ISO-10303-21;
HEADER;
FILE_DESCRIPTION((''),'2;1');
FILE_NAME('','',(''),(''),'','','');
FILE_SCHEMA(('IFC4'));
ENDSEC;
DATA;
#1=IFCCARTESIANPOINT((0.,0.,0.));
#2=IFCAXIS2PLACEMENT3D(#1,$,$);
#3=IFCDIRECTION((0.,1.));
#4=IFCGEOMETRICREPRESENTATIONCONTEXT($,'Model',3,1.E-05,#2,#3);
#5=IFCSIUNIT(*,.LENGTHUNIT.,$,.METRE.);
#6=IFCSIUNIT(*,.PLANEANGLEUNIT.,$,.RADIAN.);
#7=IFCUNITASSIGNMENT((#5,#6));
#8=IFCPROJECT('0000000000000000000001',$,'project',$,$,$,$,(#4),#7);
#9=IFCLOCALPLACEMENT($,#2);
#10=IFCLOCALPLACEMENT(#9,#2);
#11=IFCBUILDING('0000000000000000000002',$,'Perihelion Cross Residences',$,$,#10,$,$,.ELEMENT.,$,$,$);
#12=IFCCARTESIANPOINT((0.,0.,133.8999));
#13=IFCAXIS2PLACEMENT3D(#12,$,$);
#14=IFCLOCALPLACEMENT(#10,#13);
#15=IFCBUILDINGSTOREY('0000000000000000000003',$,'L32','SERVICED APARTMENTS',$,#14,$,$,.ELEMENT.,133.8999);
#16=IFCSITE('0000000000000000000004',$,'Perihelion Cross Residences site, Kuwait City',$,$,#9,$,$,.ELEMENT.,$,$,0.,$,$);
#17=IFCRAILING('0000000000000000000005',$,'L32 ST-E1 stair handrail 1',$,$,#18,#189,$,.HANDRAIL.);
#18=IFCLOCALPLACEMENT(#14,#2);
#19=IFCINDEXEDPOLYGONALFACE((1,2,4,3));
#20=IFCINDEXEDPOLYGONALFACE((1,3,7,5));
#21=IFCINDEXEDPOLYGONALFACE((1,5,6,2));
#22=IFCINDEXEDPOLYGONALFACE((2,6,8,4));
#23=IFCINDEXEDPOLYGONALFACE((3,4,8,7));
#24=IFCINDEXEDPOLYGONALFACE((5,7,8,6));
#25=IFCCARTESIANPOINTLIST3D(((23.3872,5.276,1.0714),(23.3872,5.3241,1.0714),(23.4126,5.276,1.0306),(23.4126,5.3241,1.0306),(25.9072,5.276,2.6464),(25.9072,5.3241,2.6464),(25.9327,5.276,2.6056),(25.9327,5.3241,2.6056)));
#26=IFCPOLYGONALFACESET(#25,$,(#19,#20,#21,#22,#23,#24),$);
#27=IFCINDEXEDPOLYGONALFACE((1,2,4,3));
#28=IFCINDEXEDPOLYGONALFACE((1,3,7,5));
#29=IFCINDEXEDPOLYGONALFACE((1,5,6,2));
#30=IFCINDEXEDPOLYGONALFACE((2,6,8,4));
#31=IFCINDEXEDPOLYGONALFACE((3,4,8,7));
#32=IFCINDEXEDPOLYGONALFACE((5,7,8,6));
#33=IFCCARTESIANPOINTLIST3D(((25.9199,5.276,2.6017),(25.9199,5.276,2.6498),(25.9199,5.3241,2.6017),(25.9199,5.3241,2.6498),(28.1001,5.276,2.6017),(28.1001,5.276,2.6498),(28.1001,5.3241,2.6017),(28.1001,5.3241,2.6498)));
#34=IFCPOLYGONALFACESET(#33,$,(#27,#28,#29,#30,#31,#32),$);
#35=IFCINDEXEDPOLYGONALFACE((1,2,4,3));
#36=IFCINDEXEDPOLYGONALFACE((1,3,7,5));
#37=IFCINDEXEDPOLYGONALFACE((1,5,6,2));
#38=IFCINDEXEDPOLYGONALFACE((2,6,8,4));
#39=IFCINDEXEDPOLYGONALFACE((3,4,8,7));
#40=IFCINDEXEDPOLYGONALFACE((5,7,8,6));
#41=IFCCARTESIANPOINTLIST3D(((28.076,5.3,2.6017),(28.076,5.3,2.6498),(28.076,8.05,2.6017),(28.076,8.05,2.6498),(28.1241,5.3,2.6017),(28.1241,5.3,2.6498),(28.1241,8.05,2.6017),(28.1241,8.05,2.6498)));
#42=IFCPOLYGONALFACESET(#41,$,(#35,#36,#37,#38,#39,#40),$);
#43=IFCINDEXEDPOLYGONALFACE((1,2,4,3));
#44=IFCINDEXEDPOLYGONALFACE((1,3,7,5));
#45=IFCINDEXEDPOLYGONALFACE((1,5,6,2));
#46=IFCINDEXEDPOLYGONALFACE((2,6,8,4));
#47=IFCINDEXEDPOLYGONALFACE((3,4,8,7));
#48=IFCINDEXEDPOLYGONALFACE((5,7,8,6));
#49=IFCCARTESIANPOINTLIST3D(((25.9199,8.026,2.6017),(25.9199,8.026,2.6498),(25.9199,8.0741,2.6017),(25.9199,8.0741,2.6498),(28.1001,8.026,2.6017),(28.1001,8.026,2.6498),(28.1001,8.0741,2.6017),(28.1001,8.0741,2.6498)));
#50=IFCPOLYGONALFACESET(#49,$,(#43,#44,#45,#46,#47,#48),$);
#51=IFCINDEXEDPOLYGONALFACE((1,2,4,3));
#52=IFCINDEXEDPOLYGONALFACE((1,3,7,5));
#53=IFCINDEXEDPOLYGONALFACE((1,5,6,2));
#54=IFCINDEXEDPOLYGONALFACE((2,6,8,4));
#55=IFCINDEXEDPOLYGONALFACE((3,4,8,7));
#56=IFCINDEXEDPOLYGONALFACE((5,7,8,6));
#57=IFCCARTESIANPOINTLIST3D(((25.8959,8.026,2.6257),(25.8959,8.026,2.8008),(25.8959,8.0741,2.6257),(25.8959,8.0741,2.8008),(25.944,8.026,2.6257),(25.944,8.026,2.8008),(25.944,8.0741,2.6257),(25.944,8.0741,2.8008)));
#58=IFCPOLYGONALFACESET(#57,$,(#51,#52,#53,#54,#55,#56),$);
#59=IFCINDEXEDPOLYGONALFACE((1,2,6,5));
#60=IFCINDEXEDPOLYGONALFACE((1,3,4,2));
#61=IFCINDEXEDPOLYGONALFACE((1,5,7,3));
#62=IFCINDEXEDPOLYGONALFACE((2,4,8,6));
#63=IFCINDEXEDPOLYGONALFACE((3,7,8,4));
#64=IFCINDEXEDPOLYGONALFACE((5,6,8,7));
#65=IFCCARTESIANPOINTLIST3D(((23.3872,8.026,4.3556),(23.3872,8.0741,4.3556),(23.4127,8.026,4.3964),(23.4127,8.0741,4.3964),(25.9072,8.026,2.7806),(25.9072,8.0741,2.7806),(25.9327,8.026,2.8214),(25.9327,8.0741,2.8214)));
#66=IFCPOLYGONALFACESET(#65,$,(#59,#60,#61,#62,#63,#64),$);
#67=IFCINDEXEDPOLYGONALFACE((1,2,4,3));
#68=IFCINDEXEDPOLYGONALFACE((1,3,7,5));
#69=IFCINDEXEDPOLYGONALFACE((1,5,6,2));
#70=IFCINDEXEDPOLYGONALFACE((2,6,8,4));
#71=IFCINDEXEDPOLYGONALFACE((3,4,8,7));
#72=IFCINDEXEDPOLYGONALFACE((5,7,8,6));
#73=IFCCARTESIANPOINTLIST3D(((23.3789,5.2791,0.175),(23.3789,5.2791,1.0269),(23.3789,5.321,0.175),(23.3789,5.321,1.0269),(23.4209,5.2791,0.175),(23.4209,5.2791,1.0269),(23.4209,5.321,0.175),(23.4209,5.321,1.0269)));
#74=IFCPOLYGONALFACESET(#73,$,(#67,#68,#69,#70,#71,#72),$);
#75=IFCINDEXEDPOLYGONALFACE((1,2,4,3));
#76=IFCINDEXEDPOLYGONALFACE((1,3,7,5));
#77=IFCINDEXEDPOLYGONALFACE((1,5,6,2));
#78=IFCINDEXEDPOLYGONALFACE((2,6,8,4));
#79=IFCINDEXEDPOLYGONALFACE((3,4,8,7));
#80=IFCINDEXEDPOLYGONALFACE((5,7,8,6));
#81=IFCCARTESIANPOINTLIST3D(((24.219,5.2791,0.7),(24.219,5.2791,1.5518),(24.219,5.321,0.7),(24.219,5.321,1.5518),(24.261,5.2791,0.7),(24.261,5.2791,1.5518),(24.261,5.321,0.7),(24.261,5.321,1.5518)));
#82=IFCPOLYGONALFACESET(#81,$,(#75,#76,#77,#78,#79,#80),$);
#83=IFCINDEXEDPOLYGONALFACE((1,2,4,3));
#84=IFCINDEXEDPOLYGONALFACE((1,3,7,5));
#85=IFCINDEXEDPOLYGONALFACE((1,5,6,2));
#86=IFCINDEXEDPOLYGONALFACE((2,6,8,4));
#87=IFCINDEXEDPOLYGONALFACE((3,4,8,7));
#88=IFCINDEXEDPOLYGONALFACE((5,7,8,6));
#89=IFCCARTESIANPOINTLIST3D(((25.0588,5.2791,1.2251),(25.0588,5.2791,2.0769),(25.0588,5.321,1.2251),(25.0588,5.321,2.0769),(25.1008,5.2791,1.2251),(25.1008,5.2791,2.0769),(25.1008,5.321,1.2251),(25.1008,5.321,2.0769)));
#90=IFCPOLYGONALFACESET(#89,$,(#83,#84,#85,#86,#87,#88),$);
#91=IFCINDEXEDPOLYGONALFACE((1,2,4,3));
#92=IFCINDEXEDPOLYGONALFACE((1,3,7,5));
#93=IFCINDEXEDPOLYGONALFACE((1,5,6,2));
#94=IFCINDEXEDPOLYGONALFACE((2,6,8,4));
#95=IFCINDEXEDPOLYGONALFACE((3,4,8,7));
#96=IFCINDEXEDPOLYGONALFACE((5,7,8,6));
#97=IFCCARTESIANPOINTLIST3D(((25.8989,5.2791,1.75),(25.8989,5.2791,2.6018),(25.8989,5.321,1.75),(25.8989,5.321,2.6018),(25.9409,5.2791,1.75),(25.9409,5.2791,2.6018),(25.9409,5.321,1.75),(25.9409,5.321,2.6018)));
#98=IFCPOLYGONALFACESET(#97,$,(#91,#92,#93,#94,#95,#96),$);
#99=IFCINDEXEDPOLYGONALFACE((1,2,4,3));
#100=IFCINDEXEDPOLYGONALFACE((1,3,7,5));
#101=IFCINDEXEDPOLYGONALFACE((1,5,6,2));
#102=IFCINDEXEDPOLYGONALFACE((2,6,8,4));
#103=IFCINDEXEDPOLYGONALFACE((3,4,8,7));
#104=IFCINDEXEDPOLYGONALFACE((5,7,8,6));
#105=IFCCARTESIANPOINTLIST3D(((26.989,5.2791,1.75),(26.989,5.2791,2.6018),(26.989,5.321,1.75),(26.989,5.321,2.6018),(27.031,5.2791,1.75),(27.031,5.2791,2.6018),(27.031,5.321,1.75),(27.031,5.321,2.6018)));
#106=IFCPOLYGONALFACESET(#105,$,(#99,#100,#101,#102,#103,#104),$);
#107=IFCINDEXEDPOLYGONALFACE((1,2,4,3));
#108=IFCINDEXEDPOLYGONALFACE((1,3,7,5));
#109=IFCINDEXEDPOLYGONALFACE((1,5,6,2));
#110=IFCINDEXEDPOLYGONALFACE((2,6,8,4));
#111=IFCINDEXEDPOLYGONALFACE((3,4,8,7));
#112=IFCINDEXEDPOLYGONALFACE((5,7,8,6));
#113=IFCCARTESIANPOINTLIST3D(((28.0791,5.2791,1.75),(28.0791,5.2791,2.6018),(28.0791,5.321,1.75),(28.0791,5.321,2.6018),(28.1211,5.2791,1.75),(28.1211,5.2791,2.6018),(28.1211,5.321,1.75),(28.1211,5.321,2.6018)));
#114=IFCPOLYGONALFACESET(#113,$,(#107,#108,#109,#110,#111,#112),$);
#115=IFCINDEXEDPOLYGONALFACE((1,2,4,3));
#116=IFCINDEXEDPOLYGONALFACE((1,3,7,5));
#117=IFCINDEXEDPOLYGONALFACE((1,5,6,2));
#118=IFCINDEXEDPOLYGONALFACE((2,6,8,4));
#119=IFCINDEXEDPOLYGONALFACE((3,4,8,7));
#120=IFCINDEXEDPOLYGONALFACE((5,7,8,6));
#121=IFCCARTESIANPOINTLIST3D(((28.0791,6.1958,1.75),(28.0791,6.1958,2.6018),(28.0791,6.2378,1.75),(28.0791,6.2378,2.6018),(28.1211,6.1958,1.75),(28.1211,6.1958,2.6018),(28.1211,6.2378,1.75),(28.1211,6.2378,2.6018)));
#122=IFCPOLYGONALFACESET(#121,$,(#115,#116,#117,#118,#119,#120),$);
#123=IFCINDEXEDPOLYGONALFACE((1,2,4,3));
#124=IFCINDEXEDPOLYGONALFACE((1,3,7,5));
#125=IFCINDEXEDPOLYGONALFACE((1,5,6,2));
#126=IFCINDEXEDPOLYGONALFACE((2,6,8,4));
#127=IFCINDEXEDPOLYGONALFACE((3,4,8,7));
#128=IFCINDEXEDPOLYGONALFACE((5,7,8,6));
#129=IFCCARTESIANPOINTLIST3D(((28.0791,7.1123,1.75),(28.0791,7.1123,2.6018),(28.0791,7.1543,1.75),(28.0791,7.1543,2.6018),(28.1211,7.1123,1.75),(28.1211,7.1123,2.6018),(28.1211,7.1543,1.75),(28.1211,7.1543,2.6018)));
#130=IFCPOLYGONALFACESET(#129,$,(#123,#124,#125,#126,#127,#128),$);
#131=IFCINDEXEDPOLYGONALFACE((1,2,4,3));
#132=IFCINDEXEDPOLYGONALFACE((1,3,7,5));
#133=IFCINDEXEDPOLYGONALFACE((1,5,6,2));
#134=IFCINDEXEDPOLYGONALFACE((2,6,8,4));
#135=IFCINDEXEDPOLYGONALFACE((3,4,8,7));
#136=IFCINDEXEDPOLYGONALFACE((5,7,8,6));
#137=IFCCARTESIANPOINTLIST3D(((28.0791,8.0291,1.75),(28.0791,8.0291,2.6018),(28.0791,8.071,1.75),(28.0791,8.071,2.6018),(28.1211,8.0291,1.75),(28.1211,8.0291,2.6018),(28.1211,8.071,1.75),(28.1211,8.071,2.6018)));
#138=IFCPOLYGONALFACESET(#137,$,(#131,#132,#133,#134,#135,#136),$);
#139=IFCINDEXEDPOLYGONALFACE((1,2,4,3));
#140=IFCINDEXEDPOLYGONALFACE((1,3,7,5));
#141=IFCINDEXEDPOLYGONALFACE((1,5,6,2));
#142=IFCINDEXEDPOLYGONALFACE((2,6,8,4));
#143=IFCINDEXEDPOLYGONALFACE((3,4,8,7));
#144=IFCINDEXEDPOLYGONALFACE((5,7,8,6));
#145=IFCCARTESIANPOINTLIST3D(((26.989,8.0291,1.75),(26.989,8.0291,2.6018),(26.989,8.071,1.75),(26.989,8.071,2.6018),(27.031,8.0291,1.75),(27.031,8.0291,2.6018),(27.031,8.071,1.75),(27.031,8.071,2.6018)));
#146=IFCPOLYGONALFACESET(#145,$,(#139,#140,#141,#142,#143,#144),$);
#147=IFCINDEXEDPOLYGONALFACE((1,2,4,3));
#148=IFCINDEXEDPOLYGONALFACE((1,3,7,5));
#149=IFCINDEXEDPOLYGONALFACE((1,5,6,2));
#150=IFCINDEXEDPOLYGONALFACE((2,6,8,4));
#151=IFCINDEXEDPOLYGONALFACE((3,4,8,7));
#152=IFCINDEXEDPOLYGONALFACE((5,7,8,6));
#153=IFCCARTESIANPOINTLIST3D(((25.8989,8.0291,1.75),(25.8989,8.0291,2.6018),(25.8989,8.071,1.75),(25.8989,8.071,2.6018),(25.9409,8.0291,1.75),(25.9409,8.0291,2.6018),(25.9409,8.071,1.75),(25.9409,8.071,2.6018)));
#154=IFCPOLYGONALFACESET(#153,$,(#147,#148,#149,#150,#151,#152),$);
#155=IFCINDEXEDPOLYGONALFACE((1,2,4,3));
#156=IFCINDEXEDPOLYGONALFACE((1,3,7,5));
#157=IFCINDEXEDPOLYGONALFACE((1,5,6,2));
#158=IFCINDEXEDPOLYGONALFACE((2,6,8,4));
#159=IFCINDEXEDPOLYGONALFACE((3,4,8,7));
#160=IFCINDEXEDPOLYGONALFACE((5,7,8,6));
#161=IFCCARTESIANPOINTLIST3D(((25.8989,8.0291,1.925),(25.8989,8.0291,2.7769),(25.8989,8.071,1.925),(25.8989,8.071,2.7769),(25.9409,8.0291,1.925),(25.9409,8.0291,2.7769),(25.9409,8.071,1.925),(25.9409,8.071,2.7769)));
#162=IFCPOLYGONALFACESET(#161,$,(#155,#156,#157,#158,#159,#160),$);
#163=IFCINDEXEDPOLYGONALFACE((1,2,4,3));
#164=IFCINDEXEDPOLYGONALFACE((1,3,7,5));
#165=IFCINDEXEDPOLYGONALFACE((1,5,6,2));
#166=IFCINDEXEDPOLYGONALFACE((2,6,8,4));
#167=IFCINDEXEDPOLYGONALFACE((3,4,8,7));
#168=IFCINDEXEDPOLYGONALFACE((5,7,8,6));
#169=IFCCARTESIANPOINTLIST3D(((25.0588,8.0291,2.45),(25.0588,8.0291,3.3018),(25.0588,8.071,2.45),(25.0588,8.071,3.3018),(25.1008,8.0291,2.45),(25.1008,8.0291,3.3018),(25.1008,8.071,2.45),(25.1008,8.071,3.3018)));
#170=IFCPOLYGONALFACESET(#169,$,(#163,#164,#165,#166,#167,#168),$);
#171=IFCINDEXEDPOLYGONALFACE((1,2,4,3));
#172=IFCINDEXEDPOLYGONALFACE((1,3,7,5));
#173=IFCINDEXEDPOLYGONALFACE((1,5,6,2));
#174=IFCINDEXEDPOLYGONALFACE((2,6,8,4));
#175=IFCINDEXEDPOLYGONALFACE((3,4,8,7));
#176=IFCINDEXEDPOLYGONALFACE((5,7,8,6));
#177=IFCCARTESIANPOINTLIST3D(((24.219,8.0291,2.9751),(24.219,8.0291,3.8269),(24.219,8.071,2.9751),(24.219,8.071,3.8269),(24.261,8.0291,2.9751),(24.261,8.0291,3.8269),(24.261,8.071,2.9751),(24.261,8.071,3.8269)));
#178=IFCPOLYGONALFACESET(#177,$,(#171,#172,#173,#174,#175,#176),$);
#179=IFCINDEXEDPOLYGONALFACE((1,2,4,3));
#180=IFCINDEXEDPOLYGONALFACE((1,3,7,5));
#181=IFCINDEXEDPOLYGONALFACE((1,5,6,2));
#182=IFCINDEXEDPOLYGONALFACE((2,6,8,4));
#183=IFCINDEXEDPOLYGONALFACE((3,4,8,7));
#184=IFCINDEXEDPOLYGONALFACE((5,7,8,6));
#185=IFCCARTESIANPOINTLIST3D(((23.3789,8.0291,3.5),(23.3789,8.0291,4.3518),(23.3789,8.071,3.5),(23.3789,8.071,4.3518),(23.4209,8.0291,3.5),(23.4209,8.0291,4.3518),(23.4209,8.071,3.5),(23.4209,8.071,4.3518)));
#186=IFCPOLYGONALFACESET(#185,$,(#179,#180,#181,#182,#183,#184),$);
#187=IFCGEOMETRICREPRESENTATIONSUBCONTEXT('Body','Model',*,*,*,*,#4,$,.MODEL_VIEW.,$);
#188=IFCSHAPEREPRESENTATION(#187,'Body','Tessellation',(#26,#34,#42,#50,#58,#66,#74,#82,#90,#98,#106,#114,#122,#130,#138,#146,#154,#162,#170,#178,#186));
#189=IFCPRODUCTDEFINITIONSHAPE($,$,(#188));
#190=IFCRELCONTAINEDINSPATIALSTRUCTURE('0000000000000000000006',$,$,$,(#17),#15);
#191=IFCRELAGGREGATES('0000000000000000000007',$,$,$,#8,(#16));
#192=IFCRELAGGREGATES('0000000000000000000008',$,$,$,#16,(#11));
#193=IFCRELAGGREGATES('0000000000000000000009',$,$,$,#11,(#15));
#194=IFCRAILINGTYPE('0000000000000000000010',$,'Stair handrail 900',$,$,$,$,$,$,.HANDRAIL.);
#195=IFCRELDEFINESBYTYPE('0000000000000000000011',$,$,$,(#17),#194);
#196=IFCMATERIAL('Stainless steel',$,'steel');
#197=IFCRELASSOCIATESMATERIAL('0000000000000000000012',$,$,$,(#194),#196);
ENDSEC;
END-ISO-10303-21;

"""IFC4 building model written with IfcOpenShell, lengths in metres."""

from ifc_helpers import new_model, si_unit, direction, frame, origin, origin_2d, place, context, subcontext, project, spatial, rectangle, extrude, material, type_object, element, save


model = new_model("IFC4")

# Units and contexts
model_context = context("Model", 3, precision=1e-05, world=origin(), true_north=direction((0.0, 1.0)))
body_context = subcontext(model_context, "Body", "Model", "MODEL_VIEW")
ifc_project = project(units=[si_unit("LENGTHUNIT", "METRE"), si_unit("PLANEANGLEUNIT", "RADIAN")], contexts=[model_context])

# Site, building, storey
site_placement = place(None, origin())
site = spatial("IfcSite", under=ifc_project, at=site_placement, Name="Perihelion Cross Residences site, Kuwait City", CompositionType="ELEMENT", RefElevation=0.0)
building_placement = place(site_placement, origin())
building = spatial("IfcBuilding", under=site, at=building_placement, Name="Perihelion Cross Residences", CompositionType="ELEMENT")
storey_placement = place(building_placement, frame((0.0, 0.0, 133.8999)))
storey = spatial("IfcBuildingStorey", under=building, at=storey_placement, Name="L32", Description="SERVICED APARTMENTS", CompositionType="ELEMENT", Elevation=133.8999)

# Railing
ifc_material_1 = material(Name="Stainless steel", Category="steel")
railing_type_1 = type_object("IfcRailingType", Name="Stair handrail 900", PredefinedType="HANDRAIL", material=ifc_material_1)
railing_1_placement = place(storey_placement, frame((23.3999, 5.3, 0.175)))
element("IfcRailing", 1, at=railing_1_placement, inside=storey, type_object=railing_type_1, Name="L32 ST-E1 stair handrail 1", PredefinedType="HANDRAIL", context=body_context, shape_type="SweptSolid", body=[
    extrude(rectangle(XDim=0.0481, YDim=0.0481, at=origin_2d()), frame((0.0, 0.0, 0.876), z_axis=(0.848008, 0.0, 0.529984), x_axis=(0.0, 1.0, 0.0)), (0.0, 0.0, 1.0), 2.9717),
    extrude(rectangle(XDim=0.0481, YDim=0.0481, at=origin_2d()), frame((2.52, 0.0, 2.4507), z_axis=(1.0, 0.0, 0.0), x_axis=(0.0, 1.0, 0.0)), (0.0, 0.0, 1.0), 2.1802),
    extrude(rectangle(XDim=0.0481, YDim=0.0481, at=origin_2d()), frame((4.7002, 0.0, 2.4507), z_axis=(0.0, 1.0, 0.0), x_axis=(-1.0, 0.0, 0.0)), (0.0, 0.0, 1.0), 2.75),
    extrude(rectangle(XDim=0.0481, YDim=0.0481, at=origin_2d()), frame((4.7002, 2.75, 2.4507), z_axis=(-1.0, 0.0, 0.0), x_axis=(0.0, -1.0, 0.0)), (0.0, 0.0, 1.0), 2.1802),
    extrude(rectangle(XDim=0.0481, YDim=0.0481, at=origin_2d()), frame((2.52, 2.75, 2.4507), z_axis=(0.0, 0.0, 1.0), x_axis=(1.0, 0.0, 0.0)), (0.0, 0.0, 1.0), 0.175),
    extrude(rectangle(XDim=0.0481, YDim=0.0481, at=origin_2d()), frame((2.52, 2.75, 2.626), z_axis=(-0.848008, 0.0, 0.529984), x_axis=(0.0, -1.0, 0.0)), (0.0, 0.0, 1.0), 2.9717),
    extrude(rectangle(XDim=0.042, YDim=0.042, at=origin_2d()), origin(), (0.0, 0.0, 1.0), 0.8518),
    extrude(rectangle(XDim=0.042, YDim=0.042, at=origin_2d()), frame((0.8401, 0.0, 0.5249)), (0.0, 0.0, 1.0), 0.8518),
    extrude(rectangle(XDim=0.042, YDim=0.042, at=origin_2d()), frame((1.6799, 0.0, 1.05)), (0.0, 0.0, 1.0), 0.8518),
    extrude(rectangle(XDim=0.042, YDim=0.042, at=origin_2d()), frame((2.52, 0.0, 1.575)), (0.0, 0.0, 1.0), 0.8518),
    extrude(rectangle(XDim=0.042, YDim=0.042, at=origin_2d()), frame((3.6101, 0.0, 1.575)), (0.0, 0.0, 1.0), 0.8518),
    extrude(rectangle(XDim=0.042, YDim=0.042, at=origin_2d()), frame((4.7002, 0.0, 1.575)), (0.0, 0.0, 1.0), 0.8518),
    extrude(rectangle(XDim=0.042, YDim=0.042, at=origin_2d()), frame((4.7002, 0.9167, 1.575)), (0.0, 0.0, 1.0), 0.8518),
    extrude(rectangle(XDim=0.042, YDim=0.042, at=origin_2d()), frame((4.7002, 1.8333, 1.575)), (0.0, 0.0, 1.0), 0.8518),
    extrude(rectangle(XDim=0.042, YDim=0.042, at=origin_2d()), frame((4.7002, 2.75, 1.575)), (0.0, 0.0, 1.0), 0.8518),
    extrude(rectangle(XDim=0.042, YDim=0.042, at=origin_2d()), frame((3.6101, 2.75, 1.575)), (0.0, 0.0, 1.0), 0.8518),
    extrude(rectangle(XDim=0.042, YDim=0.042, at=origin_2d()), frame((2.52, 2.75, 1.575)), (0.0, 0.0, 1.0), 0.8518),
    extrude(rectangle(XDim=0.042, YDim=0.042, at=origin_2d()), frame((2.52, 2.75, 1.75)), (0.0, 0.0, 1.0), 0.8518),
    extrude(rectangle(XDim=0.042, YDim=0.042, at=origin_2d()), frame((1.6799, 2.75, 2.2749)), (0.0, 0.0, 1.0), 0.8518),
    extrude(rectangle(XDim=0.042, YDim=0.042, at=origin_2d()), frame((0.8401, 2.75, 2.8)), (0.0, 0.0, 1.0), 0.8518),
    extrude(rectangle(XDim=0.042, YDim=0.042, at=origin_2d()), frame((0.0, 2.75, 3.325)), (0.0, 0.0, 1.0), 0.8518),
])

save(model, "model.ifc")
